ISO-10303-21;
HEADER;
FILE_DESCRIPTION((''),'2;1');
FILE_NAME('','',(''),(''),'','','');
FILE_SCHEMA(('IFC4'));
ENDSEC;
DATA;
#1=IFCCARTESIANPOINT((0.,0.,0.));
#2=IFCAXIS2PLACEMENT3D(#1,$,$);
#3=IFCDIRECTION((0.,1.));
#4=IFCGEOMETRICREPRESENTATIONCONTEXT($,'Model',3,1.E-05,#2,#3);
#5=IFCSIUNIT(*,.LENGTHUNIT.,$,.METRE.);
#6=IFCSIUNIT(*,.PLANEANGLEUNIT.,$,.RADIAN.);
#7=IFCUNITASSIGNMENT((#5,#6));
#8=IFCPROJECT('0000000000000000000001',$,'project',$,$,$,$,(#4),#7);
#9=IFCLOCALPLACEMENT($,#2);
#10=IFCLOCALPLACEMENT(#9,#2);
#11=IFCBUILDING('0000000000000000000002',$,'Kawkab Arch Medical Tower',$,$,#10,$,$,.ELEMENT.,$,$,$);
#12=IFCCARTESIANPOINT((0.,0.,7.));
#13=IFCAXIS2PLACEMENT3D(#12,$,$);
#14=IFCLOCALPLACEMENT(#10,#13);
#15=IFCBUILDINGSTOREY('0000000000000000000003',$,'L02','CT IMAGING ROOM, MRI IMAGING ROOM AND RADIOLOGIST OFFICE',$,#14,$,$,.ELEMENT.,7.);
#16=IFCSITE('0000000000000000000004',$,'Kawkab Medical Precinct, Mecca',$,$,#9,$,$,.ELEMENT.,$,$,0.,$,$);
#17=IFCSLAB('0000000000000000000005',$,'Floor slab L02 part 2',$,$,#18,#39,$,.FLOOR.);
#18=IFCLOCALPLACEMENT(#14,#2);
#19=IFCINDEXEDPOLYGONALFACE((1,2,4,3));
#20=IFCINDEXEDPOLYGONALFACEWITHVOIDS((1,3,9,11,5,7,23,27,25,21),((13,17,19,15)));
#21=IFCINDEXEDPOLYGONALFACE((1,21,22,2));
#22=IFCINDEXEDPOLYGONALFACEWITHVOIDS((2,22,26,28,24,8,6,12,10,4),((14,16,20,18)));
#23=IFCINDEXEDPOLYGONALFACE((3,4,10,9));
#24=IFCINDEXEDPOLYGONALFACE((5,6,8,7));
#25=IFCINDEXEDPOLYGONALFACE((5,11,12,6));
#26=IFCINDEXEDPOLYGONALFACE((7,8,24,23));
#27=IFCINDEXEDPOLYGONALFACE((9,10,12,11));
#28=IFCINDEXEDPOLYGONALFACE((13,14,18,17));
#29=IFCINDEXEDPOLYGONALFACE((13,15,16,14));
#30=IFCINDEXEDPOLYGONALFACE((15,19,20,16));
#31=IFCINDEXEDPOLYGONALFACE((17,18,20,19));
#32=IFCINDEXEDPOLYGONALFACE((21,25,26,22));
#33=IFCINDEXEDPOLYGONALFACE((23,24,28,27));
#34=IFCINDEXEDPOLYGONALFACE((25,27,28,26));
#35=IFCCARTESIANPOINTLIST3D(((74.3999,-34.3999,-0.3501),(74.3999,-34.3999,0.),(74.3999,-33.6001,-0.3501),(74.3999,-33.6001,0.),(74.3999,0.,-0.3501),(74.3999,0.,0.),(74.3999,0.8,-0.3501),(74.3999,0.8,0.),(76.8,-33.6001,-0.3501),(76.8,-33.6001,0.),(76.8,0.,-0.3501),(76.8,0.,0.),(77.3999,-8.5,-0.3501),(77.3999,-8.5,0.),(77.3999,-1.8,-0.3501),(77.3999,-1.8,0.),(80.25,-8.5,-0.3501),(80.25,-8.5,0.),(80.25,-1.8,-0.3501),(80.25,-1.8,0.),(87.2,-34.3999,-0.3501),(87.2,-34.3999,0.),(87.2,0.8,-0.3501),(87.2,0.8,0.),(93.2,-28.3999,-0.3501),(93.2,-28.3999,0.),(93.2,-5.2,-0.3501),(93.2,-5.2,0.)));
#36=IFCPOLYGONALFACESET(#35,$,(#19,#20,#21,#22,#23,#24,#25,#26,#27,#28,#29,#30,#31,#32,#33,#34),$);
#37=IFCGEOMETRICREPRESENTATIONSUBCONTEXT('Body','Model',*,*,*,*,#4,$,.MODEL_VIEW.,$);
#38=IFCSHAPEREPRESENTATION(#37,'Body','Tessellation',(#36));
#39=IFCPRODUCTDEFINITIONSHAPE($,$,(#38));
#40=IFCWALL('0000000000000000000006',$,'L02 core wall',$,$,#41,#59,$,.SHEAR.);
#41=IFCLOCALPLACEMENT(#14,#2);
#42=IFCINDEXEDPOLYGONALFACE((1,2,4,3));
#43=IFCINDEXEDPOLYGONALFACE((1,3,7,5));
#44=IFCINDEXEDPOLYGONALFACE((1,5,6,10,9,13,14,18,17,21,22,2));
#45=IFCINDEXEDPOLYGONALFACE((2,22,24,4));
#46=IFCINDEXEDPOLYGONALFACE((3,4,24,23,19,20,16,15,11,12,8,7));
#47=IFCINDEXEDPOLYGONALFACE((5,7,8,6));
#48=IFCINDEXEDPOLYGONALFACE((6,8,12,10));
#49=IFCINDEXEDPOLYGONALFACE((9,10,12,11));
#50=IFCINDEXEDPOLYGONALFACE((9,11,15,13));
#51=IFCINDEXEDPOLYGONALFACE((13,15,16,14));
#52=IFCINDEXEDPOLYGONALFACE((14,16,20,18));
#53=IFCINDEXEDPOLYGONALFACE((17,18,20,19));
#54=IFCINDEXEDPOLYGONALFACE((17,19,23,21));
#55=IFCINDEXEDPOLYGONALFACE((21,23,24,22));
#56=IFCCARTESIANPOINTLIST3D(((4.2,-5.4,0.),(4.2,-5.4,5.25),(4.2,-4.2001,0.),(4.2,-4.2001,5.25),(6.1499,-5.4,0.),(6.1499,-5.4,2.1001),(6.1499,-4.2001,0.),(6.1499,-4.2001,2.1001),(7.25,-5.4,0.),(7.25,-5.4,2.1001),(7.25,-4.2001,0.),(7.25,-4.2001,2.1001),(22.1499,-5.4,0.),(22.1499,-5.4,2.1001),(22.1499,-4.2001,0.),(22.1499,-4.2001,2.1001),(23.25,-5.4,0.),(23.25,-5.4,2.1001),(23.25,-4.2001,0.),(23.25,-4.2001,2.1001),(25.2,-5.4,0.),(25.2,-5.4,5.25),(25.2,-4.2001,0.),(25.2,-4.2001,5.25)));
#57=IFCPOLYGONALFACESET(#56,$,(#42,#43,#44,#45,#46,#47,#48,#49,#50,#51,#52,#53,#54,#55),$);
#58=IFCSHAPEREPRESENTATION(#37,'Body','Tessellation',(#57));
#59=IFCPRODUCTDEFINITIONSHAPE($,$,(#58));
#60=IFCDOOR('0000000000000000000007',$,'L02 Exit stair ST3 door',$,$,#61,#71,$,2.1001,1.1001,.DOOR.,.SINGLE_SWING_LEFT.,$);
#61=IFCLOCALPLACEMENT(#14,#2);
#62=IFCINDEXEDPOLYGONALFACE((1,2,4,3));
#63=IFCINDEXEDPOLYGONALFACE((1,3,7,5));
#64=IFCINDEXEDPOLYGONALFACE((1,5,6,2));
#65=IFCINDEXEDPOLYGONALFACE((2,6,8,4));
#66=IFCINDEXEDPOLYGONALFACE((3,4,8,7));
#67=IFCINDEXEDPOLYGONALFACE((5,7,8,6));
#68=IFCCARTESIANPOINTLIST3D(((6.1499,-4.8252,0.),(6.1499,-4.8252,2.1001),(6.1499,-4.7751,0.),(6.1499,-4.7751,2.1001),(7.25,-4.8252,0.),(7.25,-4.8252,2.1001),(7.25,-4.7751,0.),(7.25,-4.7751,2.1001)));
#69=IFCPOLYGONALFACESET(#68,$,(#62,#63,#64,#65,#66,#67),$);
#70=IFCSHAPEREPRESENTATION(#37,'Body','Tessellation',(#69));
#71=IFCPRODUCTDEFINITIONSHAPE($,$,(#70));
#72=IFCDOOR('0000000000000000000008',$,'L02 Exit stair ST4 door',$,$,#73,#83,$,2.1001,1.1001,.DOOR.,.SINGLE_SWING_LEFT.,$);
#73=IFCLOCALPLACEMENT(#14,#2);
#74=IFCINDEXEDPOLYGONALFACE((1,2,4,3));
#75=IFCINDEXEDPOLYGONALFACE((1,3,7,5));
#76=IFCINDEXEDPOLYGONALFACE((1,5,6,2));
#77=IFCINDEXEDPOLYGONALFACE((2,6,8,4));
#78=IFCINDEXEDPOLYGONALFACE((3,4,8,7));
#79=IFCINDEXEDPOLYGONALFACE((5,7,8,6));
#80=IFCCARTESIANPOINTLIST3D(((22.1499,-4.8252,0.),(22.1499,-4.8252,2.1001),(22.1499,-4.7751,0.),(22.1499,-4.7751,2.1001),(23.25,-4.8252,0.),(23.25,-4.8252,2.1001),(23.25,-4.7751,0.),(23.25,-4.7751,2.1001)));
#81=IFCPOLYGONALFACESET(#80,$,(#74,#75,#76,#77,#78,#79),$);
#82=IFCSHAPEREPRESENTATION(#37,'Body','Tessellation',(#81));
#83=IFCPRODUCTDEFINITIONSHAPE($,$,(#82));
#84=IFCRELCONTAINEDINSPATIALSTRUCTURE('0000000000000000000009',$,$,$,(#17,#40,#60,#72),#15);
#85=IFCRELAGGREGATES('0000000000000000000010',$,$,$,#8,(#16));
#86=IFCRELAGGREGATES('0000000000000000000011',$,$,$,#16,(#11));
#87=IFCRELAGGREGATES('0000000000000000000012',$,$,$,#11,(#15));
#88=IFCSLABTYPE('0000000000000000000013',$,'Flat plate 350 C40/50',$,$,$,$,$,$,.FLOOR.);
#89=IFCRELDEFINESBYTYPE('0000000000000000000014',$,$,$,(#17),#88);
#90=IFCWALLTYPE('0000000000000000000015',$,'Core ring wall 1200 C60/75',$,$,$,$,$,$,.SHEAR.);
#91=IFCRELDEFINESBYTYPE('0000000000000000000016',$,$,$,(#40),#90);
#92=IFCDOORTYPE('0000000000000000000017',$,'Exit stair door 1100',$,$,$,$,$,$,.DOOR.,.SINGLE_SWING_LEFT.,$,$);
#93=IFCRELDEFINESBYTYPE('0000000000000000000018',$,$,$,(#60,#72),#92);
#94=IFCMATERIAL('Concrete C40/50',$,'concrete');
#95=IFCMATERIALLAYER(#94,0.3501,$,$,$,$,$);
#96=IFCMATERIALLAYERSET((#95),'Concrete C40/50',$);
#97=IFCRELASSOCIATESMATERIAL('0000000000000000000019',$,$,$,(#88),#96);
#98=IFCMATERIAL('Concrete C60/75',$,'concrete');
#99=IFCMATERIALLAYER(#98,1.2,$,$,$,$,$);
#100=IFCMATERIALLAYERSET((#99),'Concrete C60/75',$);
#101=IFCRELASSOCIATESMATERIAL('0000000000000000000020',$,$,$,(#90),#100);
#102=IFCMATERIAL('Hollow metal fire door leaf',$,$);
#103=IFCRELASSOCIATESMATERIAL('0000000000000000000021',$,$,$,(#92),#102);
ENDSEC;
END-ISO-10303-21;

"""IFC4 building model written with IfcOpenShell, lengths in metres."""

from ifc_helpers import new_model, si_unit, direction, frame, frame_2d, origin, place, context, subcontext, project, spatial, polyline, rectangle, outline, extrude, material, layer, layer_set, type_object, element, fill, save


model = new_model("IFC4")

# Units and contexts
model_context = context("Model", 3, precision=1e-05, world=origin(), true_north=direction((0.0, 1.0)))
body_context = subcontext(model_context, "Body", "Model", "MODEL_VIEW")
ifc_project = project(units=[si_unit("LENGTHUNIT", "METRE"), si_unit("PLANEANGLEUNIT", "RADIAN")], contexts=[model_context])

# Site, building, storey
site_placement = place(None, origin())
site = spatial("IfcSite", under=ifc_project, at=site_placement, Name="Kawkab Medical Precinct, Mecca", CompositionType="ELEMENT", RefElevation=0.0)
building_placement = place(site_placement, origin())
building = spatial("IfcBuilding", under=site, at=building_placement, Name="Kawkab Arch Medical Tower", CompositionType="ELEMENT")
storey_placement = place(building_placement, frame((0.0, 0.0, 7.0)))
storey = spatial("IfcBuildingStorey", under=building, at=storey_placement, Name="L02", Description="CT IMAGING ROOM, MRI IMAGING ROOM AND RADIOLOGIST OFFICE", CompositionType="ELEMENT", Elevation=7.0)

# Slab
ifc_material_1 = material(Name="Concrete C40/50", Category="concrete")
ifc_layer_1 = layer(ifc_material_1, 0.3501)
ifc_layer_set_1 = layer_set([ifc_layer_1], Name="Concrete C40/50")
slab_type = type_object("IfcSlabType", Name="Flat plate 350 C40/50", PredefinedType="FLOOR", material=ifc_layer_set_1)
slab_placement = place(storey_placement, frame((0.0, 0.0, -0.3501)))
element("IfcSlab", 1, at=slab_placement, inside=storey, type_object=slab_type, Name="Floor slab L02 part 2", PredefinedType="FLOOR", context=body_context, shape_type="SweptSolid", body=[
    extrude(outline(polyline([(87.2, -34.3999), (74.3999, -34.3999), (74.3999, -33.6001), (76.8, -33.6001), (76.8, 0.0), (74.3999, 0.0), (74.3999, 0.8), (87.2, 0.8), (93.2, -5.2), (93.2, -28.3999), (87.2, -34.3999)]), holes=[polyline([(77.3999, -8.5), (80.25, -8.5), (80.25, -1.8), (77.3999, -1.8), (77.3999, -8.5)])]), origin(), (0.0, 0.0, 1.0), 0.3501),
])

# Wall, openings, doors
ifc_material_2 = material(Name="Concrete C60/75", Category="concrete")
ifc_layer_2 = layer(ifc_material_2, 1.2)
ifc_layer_set_2 = layer_set([ifc_layer_2], Name="Concrete C60/75")
wall_type = type_object("IfcWallType", Name="Core ring wall 1200 C60/75", PredefinedType="SHEAR", material=ifc_layer_set_2)
wall_placement = place(storey_placement, frame((4.2, -4.8, 0.0), z_axis=(0.0, 0.0, 1.0), x_axis=(1.0, 0.0, 0.0)))
wall = element("IfcWall", 2, at=wall_placement, inside=storey, type_object=wall_type, Name="L02 core wall", PredefinedType="SHEAR", context=body_context, shape_type="SweptSolid", body=[
    extrude(rectangle(XDim=21.0, YDim=1.2, at=frame_2d((10.5, 0.0))), origin(), (0.0, 0.0, 1.0), 5.25),
])
opening_1_placement = place(wall_placement, frame((1.95, 0.0, 0.0)))
opening_1 = element("IfcOpeningElement", 3, at=opening_1_placement, cuts=wall, PredefinedType="OPENING", context=body_context, shape_type="SweptSolid", body=[
    extrude(rectangle(XDim=1.1001, YDim=2.1001, at=frame_2d((0.55, 1.05))), frame((0.0, 0.6099, 0.0), z_axis=(0.0, -1.0, 0.0), x_axis=(1.0, 0.0, 0.0)), (0.0, 0.0, 1.0), 1.22),
])
opening_2_placement = place(wall_placement, frame((17.95, 0.0, 0.0)))
opening_2 = element("IfcOpeningElement", 4, at=opening_2_placement, cuts=wall, PredefinedType="OPENING", context=body_context, shape_type="SweptSolid", body=[
    extrude(rectangle(XDim=1.1001, YDim=2.1001, at=frame_2d((0.55, 1.05))), frame((0.0, 0.6099, 0.0), z_axis=(0.0, -1.0, 0.0), x_axis=(1.0, 0.0, 0.0)), (0.0, 0.0, 1.0), 1.22),
])
ifc_material_3 = material(Name="Hollow metal fire door leaf")
door_type = type_object("IfcDoorType", Name="Exit stair door 1100", OperationType="SINGLE_SWING_LEFT", PredefinedType="DOOR", material=ifc_material_3)
door_1_placement = place(opening_1_placement, origin())
door_1 = element("IfcDoor", 5, at=door_1_placement, inside=storey, type_object=door_type, Name="L02 Exit stair ST3 door", OperationType="SINGLE_SWING_LEFT", OverallHeight=2.1001, OverallWidth=1.1001, PredefinedType="DOOR", context=body_context, shape_type="SweptSolid", body=[
    extrude(rectangle(XDim=1.1001, YDim=2.1001, at=frame_2d((0.55, 1.05))), frame((0.0, 0.0249, 0.0), z_axis=(0.0, -1.0, 0.0), x_axis=(1.0, 0.0, 0.0)), (0.0, 0.0, 1.0), 0.05),
])
fill(opening_1, door_1)
door_2_placement = place(opening_2_placement, origin())
door_2 = element("IfcDoor", 6, at=door_2_placement, inside=storey, type_object=door_type, Name="L02 Exit stair ST4 door", OperationType="SINGLE_SWING_LEFT", OverallHeight=2.1001, OverallWidth=1.1001, PredefinedType="DOOR", context=body_context, shape_type="SweptSolid", body=[
    extrude(rectangle(XDim=1.1001, YDim=2.1001, at=frame_2d((0.55, 1.05))), frame((0.0, 0.0249, 0.0), z_axis=(0.0, -1.0, 0.0), x_axis=(1.0, 0.0, 0.0)), (0.0, 0.0, 1.0), 0.05),
])
fill(opening_2, door_2)

save(model, "model.ifc")
